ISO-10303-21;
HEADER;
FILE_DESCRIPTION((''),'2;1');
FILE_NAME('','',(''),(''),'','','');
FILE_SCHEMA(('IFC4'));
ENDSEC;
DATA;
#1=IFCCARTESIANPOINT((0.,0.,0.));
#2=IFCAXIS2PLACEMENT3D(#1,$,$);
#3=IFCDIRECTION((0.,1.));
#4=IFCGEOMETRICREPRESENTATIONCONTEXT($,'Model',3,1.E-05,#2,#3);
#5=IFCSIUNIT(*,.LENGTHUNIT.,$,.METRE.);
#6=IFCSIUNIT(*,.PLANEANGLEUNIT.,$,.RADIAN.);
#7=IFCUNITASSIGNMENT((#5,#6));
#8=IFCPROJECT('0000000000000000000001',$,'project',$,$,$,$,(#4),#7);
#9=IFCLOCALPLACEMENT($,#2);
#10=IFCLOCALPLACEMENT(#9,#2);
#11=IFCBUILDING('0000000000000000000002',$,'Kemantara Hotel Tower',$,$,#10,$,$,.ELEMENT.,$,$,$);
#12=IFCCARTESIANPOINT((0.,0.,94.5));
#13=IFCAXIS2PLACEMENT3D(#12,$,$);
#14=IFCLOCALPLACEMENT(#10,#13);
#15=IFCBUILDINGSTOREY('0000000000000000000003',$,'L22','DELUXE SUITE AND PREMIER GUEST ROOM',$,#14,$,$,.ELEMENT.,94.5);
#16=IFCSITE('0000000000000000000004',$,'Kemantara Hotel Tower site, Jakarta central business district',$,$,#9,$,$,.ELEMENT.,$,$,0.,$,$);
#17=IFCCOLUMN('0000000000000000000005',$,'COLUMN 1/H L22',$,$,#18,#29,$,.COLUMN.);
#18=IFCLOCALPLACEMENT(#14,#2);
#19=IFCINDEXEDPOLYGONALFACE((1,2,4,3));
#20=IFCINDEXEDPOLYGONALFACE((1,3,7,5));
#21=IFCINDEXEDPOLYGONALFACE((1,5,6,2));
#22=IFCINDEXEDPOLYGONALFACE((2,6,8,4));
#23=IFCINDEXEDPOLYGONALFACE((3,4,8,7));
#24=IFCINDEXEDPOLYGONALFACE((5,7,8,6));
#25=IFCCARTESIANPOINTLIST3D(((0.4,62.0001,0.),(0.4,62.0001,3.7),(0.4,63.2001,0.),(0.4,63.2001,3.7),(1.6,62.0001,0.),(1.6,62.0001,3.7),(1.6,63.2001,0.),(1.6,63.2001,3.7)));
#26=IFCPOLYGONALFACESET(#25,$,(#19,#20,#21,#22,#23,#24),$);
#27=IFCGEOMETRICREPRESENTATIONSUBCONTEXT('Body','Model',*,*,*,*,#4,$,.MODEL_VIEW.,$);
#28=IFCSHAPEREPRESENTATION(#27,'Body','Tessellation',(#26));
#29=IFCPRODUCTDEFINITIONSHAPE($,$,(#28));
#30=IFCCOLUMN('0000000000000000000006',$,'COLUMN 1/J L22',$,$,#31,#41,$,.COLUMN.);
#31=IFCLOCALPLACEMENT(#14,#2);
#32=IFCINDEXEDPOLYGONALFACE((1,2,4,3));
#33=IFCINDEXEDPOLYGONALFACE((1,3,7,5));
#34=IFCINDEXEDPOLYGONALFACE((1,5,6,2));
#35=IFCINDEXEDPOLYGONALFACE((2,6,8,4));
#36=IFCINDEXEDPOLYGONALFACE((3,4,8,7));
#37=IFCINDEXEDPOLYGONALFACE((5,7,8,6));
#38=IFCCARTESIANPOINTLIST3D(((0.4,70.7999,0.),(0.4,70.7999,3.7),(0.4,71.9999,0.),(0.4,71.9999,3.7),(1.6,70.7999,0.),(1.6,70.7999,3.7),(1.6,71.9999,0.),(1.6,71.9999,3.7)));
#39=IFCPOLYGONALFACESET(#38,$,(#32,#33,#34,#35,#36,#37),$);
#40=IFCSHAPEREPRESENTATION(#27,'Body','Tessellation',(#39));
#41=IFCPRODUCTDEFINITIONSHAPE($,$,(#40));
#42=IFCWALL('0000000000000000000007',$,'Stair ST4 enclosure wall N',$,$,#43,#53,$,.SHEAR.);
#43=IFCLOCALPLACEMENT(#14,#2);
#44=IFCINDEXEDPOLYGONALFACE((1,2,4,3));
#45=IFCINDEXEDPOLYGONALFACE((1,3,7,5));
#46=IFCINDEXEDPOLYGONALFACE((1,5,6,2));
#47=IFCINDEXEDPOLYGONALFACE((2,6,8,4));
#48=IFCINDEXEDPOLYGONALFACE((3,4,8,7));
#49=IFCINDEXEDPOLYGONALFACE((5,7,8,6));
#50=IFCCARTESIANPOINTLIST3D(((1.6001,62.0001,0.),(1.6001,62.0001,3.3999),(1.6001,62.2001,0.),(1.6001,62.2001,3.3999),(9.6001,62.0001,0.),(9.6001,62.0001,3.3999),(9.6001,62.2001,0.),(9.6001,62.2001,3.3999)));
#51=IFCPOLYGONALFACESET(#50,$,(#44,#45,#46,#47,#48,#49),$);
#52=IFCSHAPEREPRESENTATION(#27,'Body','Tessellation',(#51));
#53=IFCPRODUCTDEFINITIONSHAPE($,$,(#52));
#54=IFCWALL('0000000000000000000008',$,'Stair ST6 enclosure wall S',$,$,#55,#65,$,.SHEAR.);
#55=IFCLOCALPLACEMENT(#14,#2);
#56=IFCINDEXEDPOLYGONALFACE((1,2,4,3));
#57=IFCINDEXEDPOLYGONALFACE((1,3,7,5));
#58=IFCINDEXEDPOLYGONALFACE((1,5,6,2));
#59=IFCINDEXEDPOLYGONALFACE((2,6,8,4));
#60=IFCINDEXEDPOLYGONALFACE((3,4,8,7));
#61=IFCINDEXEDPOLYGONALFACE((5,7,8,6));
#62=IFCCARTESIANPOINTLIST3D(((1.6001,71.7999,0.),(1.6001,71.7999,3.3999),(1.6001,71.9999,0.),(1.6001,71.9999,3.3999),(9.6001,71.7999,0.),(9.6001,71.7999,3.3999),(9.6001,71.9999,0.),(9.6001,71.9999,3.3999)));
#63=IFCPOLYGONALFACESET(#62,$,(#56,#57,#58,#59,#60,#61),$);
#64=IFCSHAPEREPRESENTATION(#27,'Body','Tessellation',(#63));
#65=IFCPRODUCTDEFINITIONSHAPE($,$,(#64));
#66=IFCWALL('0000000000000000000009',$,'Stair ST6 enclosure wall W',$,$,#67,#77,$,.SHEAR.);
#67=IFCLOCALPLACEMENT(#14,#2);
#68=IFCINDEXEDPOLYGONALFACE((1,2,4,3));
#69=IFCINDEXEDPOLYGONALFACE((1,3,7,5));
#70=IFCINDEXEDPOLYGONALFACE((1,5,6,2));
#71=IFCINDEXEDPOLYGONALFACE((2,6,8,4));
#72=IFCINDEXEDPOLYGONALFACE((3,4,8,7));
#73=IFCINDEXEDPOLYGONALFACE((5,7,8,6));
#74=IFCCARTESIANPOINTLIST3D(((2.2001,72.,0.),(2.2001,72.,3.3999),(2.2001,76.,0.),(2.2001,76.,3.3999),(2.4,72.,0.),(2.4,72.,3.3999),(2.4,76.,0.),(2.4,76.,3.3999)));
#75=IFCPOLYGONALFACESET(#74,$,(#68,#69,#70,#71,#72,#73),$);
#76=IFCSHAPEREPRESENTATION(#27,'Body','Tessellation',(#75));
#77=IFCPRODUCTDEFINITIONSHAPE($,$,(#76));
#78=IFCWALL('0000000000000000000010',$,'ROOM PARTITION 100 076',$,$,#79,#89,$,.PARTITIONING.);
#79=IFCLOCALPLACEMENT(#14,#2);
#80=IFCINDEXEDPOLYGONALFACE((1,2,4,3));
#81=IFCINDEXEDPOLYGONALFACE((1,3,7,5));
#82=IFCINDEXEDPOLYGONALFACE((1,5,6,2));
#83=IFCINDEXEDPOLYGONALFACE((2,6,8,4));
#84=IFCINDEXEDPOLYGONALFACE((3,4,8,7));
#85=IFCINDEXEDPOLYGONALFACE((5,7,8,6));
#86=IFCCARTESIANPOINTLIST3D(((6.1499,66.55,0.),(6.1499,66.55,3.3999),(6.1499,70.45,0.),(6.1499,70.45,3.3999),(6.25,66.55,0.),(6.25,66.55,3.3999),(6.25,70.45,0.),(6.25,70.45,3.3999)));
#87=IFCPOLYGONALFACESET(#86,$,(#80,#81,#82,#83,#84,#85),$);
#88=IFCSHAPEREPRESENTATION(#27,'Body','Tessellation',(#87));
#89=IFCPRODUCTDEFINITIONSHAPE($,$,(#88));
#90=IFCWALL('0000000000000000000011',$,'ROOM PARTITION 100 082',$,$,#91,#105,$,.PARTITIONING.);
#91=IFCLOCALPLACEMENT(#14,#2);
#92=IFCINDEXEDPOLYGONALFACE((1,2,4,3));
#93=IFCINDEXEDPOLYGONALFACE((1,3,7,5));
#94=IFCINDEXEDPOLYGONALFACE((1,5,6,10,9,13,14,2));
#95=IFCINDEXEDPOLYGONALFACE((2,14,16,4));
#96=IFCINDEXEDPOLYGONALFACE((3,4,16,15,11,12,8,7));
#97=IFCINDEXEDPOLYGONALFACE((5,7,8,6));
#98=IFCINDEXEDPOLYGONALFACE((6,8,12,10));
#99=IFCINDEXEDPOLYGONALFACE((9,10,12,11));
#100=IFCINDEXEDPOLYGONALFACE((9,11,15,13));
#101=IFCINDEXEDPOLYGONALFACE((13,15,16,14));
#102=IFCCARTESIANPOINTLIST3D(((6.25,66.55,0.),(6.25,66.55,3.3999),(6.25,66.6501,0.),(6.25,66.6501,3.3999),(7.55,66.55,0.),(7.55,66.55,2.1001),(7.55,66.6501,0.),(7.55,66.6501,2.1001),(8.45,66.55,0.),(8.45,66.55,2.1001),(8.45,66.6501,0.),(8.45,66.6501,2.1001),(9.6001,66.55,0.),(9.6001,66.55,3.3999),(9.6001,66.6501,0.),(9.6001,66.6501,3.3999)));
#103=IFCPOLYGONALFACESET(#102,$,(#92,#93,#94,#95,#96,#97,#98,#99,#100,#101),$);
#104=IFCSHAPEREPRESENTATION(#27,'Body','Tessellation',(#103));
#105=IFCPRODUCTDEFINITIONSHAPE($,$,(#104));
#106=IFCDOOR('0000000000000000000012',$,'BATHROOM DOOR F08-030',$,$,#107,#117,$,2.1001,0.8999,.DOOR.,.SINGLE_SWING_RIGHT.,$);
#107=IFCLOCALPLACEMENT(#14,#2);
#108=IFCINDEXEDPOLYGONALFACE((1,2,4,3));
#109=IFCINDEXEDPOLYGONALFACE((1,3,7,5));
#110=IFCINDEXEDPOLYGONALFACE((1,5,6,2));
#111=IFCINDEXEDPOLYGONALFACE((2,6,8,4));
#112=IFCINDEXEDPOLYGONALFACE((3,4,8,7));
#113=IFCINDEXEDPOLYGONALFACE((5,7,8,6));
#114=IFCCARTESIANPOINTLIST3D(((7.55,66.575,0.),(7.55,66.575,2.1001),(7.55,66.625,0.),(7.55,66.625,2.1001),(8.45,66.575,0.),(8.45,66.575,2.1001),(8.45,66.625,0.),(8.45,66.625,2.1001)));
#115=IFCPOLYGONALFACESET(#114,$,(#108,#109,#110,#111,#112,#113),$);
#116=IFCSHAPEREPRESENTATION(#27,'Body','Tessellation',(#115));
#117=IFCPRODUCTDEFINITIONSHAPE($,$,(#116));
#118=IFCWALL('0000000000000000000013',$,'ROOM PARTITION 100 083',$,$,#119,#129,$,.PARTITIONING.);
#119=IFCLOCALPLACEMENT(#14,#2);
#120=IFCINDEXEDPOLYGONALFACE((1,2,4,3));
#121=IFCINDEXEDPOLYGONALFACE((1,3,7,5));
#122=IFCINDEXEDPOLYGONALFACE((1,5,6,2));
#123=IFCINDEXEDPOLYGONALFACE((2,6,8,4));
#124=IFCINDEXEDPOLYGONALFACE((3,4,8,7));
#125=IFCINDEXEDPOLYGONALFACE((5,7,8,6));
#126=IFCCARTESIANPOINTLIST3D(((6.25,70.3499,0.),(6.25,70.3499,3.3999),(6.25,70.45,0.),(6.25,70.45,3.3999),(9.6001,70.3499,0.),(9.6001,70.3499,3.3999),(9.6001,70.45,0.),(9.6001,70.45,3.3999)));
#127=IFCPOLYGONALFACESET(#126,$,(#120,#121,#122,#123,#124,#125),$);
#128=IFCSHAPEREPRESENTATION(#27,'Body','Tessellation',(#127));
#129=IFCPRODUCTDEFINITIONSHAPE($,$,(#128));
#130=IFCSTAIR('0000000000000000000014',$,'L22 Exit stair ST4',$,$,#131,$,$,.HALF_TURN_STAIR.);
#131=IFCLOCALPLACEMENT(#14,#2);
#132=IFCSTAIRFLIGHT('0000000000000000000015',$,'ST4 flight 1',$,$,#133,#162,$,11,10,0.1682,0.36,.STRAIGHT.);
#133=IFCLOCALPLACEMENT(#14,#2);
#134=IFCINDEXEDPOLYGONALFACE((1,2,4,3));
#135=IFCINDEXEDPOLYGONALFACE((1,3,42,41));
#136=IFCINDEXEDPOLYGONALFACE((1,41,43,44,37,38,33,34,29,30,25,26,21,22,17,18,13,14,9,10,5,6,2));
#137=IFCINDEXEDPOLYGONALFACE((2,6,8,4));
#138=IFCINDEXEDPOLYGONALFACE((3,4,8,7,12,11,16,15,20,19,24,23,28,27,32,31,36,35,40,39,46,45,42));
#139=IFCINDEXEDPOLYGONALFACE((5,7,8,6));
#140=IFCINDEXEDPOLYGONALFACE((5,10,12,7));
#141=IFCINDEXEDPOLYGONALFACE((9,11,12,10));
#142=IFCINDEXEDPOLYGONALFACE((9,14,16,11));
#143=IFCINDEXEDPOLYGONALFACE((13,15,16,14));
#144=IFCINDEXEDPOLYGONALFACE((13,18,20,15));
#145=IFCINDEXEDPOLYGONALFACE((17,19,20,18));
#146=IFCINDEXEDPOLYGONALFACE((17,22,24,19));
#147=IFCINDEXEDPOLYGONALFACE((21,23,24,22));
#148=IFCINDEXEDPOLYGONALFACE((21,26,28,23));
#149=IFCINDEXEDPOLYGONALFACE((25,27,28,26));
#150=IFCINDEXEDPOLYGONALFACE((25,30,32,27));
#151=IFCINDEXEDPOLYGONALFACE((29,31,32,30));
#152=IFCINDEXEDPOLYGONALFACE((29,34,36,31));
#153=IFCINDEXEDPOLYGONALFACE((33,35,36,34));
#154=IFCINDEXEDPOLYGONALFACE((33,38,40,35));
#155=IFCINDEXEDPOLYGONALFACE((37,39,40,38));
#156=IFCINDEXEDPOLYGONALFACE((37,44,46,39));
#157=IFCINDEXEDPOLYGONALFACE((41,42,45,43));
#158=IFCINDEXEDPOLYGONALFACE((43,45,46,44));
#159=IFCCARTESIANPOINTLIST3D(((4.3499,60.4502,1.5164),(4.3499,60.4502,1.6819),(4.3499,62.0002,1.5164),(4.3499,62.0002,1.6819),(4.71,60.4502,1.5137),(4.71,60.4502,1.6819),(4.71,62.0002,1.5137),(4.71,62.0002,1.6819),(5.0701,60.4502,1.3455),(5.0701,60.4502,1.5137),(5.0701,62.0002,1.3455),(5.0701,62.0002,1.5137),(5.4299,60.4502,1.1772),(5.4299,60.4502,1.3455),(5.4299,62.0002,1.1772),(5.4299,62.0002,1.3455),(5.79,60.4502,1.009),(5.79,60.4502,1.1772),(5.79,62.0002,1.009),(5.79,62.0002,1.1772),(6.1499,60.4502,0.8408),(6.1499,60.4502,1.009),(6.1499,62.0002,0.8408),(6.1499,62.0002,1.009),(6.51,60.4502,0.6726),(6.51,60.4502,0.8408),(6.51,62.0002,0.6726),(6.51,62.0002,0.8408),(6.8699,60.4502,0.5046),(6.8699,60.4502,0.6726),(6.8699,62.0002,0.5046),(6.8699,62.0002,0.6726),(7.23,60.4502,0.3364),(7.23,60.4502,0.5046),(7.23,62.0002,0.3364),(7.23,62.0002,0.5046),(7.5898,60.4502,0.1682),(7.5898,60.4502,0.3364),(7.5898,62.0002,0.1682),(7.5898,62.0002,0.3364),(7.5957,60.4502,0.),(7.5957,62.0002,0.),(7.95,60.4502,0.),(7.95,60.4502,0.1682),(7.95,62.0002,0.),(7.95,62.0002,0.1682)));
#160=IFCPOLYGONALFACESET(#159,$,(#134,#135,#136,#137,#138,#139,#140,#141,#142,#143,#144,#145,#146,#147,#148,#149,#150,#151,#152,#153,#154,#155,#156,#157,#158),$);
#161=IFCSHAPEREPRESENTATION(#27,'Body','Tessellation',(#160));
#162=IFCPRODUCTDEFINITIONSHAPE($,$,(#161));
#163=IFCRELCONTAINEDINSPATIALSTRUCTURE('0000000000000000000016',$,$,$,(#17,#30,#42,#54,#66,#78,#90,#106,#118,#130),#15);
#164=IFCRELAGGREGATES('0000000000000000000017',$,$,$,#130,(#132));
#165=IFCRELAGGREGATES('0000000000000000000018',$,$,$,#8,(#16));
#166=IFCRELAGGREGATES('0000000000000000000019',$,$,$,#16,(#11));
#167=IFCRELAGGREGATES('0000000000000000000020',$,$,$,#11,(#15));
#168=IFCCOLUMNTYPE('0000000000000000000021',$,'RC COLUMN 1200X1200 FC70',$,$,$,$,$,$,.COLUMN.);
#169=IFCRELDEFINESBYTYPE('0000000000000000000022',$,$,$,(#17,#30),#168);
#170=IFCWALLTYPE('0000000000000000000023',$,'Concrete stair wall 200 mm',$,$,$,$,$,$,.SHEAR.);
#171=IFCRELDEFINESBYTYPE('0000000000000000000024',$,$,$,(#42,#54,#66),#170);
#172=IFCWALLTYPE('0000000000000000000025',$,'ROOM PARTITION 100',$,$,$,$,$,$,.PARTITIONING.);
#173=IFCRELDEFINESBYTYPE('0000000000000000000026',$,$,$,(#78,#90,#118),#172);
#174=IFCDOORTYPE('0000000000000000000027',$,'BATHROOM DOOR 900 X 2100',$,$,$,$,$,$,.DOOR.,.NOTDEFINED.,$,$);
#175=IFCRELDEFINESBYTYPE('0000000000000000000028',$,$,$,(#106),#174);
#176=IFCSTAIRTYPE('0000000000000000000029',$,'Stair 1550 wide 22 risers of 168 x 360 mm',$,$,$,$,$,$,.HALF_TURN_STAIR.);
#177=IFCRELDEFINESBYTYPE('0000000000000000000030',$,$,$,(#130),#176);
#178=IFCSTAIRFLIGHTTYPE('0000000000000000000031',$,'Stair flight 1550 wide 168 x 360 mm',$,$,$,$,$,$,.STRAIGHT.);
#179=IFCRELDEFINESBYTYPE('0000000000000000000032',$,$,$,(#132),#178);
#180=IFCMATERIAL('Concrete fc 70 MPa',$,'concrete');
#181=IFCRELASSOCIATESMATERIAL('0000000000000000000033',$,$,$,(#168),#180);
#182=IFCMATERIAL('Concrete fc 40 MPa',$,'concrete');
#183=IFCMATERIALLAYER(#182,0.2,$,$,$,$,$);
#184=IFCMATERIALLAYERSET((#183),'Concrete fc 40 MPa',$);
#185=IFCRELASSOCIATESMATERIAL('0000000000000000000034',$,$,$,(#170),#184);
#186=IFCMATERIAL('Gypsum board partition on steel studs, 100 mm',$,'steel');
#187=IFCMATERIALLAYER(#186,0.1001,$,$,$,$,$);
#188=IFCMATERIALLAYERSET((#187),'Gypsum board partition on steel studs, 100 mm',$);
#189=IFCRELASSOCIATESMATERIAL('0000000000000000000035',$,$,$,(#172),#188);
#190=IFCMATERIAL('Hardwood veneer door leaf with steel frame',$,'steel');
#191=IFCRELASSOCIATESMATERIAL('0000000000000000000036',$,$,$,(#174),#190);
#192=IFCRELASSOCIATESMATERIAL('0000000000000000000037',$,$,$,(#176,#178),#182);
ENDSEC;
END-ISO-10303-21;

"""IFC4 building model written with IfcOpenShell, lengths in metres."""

from ifc_helpers import new_model, si_unit, direction, frame, frame_2d, origin, origin_2d, place, context, subcontext, project, spatial, polyline, rectangle, outline, extrude, material, layer, layer_set, material_profile, profile_set, type_object, element, fill, aggregate, save


model = new_model("IFC4")

# Units and contexts
model_context = context("Model", 3, precision=1e-05, world=origin(), true_north=direction((0.0, 1.0)))
body_context = subcontext(model_context, "Body", "Model", "MODEL_VIEW")
ifc_project = project(units=[si_unit("LENGTHUNIT", "METRE"), si_unit("PLANEANGLEUNIT", "RADIAN")], contexts=[model_context])

# Site, building, storey
site_placement = place(None, origin())
site = spatial("IfcSite", under=ifc_project, at=site_placement, Name="Kemantara Hotel Tower site, Jakarta central business district", CompositionType="ELEMENT", RefElevation=0.0)
building_placement = place(site_placement, origin())
building = spatial("IfcBuilding", under=site, at=building_placement, Name="Kemantara Hotel Tower", CompositionType="ELEMENT")
storey_placement = place(building_placement, frame((0.0, 0.0, 94.5)))
storey = spatial("IfcBuildingStorey", under=building, at=storey_placement, Name="L22", Description="DELUXE SUITE AND PREMIER GUEST ROOM", CompositionType="ELEMENT", Elevation=94.5)

# Columns
ifc_material_1 = material(Name="Concrete fc 70 MPa", Category="concrete")
ifc_material_profile = material_profile(ifc_material_1, rectangle(XDim=1.2, YDim=1.2, at=origin_2d()), Name="RC 1200X1200")
ifc_profile_set = profile_set([ifc_material_profile], Name="Concrete fc 70 MPa")
column_type = type_object("IfcColumnType", Name="RC COLUMN 1200X1200 FC70", PredefinedType="COLUMN", material=ifc_profile_set)
for number, where, z_axis, x_axis, name in (
    (1, (1.0, 62.6001, 0.0), (0.0, 0.0, 1.0), (1.0, 0.0, 0.0), "COLUMN 1/H L22"),
    (2, (1.0, 71.3999, 0.0), (0.0, 0.0, 1.0), (1.0, 0.0, 0.0), "COLUMN 1/J L22"),
):
    element("IfcColumn", number, at=place(storey_placement, frame(where, z_axis=z_axis, x_axis=x_axis)), inside=storey, type_object=column_type, Name=name, PredefinedType="COLUMN", context=body_context, shape_type="SweptSolid", body=[
        extrude(rectangle(XDim=1.2, YDim=1.2, at=origin_2d()), origin(), (0.0, 0.0, 1.0), 3.7),
    ])

# Walls
ifc_material_2 = material(Name="Concrete fc 40 MPa", Category="concrete")
ifc_layer_1 = layer(ifc_material_2, 0.2)
ifc_layer_set_1 = layer_set([ifc_layer_1], Name="Concrete fc 40 MPa")
wall_type_1 = type_object("IfcWallType", Name="Concrete stair wall 200 mm", PredefinedType="SHEAR", material=ifc_layer_set_1)
for number, where, z_axis, x_axis, name in (
    (3, (1.6001, 62.1001, 0.0), (0.0, 0.0, 1.0), (1.0, 0.0, 0.0), "Stair ST4 enclosure wall N"),
    (4, (1.6001, 71.8999, 0.0), (0.0, 0.0, 1.0), (1.0, 0.0, 0.0), "Stair ST6 enclosure wall S"),
):
    element("IfcWall", number, at=place(storey_placement, frame(where, z_axis=z_axis, x_axis=x_axis)), inside=storey, type_object=wall_type_1, Name=name, PredefinedType="SHEAR", context=body_context, shape_type="SweptSolid", body=[
        extrude(rectangle(XDim=8.0, YDim=0.2, at=frame_2d((4.0, 0.0))), origin(), (0.0, 0.0, 1.0), 3.3999),
    ])
wall_1_placement = place(storey_placement, frame((2.3, 72.0, 0.0), z_axis=(0.0, 0.0, 1.0), x_axis=(0.0, 1.0, 0.0)))
element("IfcWall", 5, at=wall_1_placement, inside=storey, type_object=wall_type_1, Name="Stair ST6 enclosure wall W", PredefinedType="SHEAR", context=body_context, shape_type="SweptSolid", body=[
    extrude(rectangle(XDim=4.0, YDim=0.2, at=frame_2d((2.0, 0.0))), origin(), (0.0, 0.0, 1.0), 3.3999),
])
ifc_material_3 = material(Name="Gypsum board partition on steel studs, 100 mm", Category="steel")
ifc_layer_2 = layer(ifc_material_3, 0.1001)
ifc_layer_set_2 = layer_set([ifc_layer_2], Name="Gypsum board partition on steel studs, 100 mm")
wall_type_2 = type_object("IfcWallType", Name="ROOM PARTITION 100", PredefinedType="PARTITIONING", material=ifc_layer_set_2)
wall_2_placement = place(storey_placement, frame((6.2, 66.55, 0.0), z_axis=(0.0, 0.0, 1.0), x_axis=(0.0, 1.0, 0.0)))
element("IfcWall", 6, at=wall_2_placement, inside=storey, type_object=wall_type_2, Name="ROOM PARTITION 100 076", PredefinedType="PARTITIONING", context=body_context, shape_type="SweptSolid", body=[
    extrude(rectangle(XDim=3.8999, YDim=0.1001, at=frame_2d((1.95, 0.0))), origin(), (0.0, 0.0, 1.0), 3.3999),
])

# Wall, opening, door
wall_3_placement = place(storey_placement, frame((6.25, 66.6001, 0.0), z_axis=(0.0, 0.0, 1.0), x_axis=(1.0, 0.0, 0.0)))
wall_3 = element("IfcWall", 7, at=wall_3_placement, inside=storey, type_object=wall_type_2, Name="ROOM PARTITION 100 082", PredefinedType="PARTITIONING", context=body_context, shape_type="SweptSolid", body=[
    extrude(rectangle(XDim=3.3501, YDim=0.1001, at=frame_2d((1.675, 0.0))), origin(), (0.0, 0.0, 1.0), 3.3999),
])
opening_placement = place(wall_3_placement, frame((1.3, 0.0, 0.0)))
opening = element("IfcOpeningElement", 8, at=opening_placement, cuts=wall_3, PredefinedType="OPENING", context=body_context, shape_type="SweptSolid", body=[
    extrude(rectangle(XDim=0.8999, YDim=2.1001, at=frame_2d((0.45, 1.05))), frame((0.0, 0.0601, 0.0), z_axis=(0.0, -1.0, 0.0), x_axis=(1.0, 0.0, 0.0)), (0.0, 0.0, 1.0), 0.1201),
])
ifc_material_4 = material(Name="Hardwood veneer door leaf with steel frame", Category="steel")
door_type = type_object("IfcDoorType", Name="BATHROOM DOOR 900 X 2100", OperationType="NOTDEFINED", PredefinedType="DOOR", material=ifc_material_4)
door_placement = place(opening_placement, origin())
door = element("IfcDoor", 9, at=door_placement, inside=storey, type_object=door_type, Name="BATHROOM DOOR F08-030", OperationType="SINGLE_SWING_RIGHT", OverallHeight=2.1001, OverallWidth=0.8999, PredefinedType="DOOR", context=body_context, shape_type="SweptSolid", body=[
    extrude(rectangle(XDim=0.8999, YDim=2.1001, at=frame_2d((0.45, 1.05))), frame((0.0, 0.0249, 0.0), z_axis=(0.0, -1.0, 0.0), x_axis=(1.0, 0.0, 0.0)), (0.0, 0.0, 1.0), 0.05),
])
fill(opening, door)

# Wall
wall_4_placement = place(storey_placement, frame((6.25, 70.3999, 0.0), z_axis=(0.0, 0.0, 1.0), x_axis=(1.0, 0.0, 0.0)))
element("IfcWall", 10, at=wall_4_placement, inside=storey, type_object=wall_type_2, Name="ROOM PARTITION 100 083", PredefinedType="PARTITIONING", context=body_context, shape_type="SweptSolid", body=[
    extrude(rectangle(XDim=3.3501, YDim=0.1001, at=frame_2d((1.675, 0.0))), origin(), (0.0, 0.0, 1.0), 3.3999),
])

# Stair, stair flight
stair_type = type_object("IfcStairType", Name="Stair 1550 wide 22 risers of 168 x 360 mm", PredefinedType="HALF_TURN_STAIR", material=ifc_material_2)
stair_placement = place(storey_placement, origin())
stair = element("IfcStair", 11, at=stair_placement, inside=storey, type_object=stair_type, Name="L22 Exit stair ST4", PredefinedType="HALF_TURN_STAIR")
stair_flight_type = type_object("IfcStairFlightType", Name="Stair flight 1550 wide 168 x 360 mm", PredefinedType="STRAIGHT", material=ifc_material_2)
stair_flight_placement = place(storey_placement, frame((7.95, 61.2251, 0.0), z_axis=(0.0, 0.0, 1.0), x_axis=(-1.0, 0.0, 0.0)))
stair_flight = element("IfcStairFlight", 12, at=stair_flight_placement, type_object=stair_flight_type, Name="ST4 flight 1", NumberOfRisers=11, NumberOfTreads=10, PredefinedType="STRAIGHT", RiserHeight=0.1682, TreadLength=0.36, context=body_context, shape_type="SweptSolid", body=[
    extrude(outline(polyline([(0.0, 0.0), (0.0, 0.1682), (0.3601, 0.1682), (0.3601, 0.3364), (0.72, 0.3364), (0.72, 0.5046), (1.0801, 0.5046), (1.0801, 0.6726), (1.4399, 0.6726), (1.4399, 0.8408), (1.8, 0.8408), (1.8, 1.009), (2.1599, 1.009), (2.1599, 1.1772), (2.52, 1.1772), (2.52, 1.3455), (2.8799, 1.3455), (2.8799, 1.5137), (3.24, 1.5137), (3.24, 1.6819), (3.6001, 1.6819), (3.6001, 1.8501), (3.6001, 1.5164), (0.3542, 0.0), (0.0, 0.0)])), frame((0.0, 0.7749, 0.0), z_axis=(0.0, -1.0, 0.0), x_axis=(1.0, 0.0, 0.0)), (0.0, 0.0, 1.0), 1.55),
])
aggregate(stair, [stair_flight])

save(model, "model.ifc")
